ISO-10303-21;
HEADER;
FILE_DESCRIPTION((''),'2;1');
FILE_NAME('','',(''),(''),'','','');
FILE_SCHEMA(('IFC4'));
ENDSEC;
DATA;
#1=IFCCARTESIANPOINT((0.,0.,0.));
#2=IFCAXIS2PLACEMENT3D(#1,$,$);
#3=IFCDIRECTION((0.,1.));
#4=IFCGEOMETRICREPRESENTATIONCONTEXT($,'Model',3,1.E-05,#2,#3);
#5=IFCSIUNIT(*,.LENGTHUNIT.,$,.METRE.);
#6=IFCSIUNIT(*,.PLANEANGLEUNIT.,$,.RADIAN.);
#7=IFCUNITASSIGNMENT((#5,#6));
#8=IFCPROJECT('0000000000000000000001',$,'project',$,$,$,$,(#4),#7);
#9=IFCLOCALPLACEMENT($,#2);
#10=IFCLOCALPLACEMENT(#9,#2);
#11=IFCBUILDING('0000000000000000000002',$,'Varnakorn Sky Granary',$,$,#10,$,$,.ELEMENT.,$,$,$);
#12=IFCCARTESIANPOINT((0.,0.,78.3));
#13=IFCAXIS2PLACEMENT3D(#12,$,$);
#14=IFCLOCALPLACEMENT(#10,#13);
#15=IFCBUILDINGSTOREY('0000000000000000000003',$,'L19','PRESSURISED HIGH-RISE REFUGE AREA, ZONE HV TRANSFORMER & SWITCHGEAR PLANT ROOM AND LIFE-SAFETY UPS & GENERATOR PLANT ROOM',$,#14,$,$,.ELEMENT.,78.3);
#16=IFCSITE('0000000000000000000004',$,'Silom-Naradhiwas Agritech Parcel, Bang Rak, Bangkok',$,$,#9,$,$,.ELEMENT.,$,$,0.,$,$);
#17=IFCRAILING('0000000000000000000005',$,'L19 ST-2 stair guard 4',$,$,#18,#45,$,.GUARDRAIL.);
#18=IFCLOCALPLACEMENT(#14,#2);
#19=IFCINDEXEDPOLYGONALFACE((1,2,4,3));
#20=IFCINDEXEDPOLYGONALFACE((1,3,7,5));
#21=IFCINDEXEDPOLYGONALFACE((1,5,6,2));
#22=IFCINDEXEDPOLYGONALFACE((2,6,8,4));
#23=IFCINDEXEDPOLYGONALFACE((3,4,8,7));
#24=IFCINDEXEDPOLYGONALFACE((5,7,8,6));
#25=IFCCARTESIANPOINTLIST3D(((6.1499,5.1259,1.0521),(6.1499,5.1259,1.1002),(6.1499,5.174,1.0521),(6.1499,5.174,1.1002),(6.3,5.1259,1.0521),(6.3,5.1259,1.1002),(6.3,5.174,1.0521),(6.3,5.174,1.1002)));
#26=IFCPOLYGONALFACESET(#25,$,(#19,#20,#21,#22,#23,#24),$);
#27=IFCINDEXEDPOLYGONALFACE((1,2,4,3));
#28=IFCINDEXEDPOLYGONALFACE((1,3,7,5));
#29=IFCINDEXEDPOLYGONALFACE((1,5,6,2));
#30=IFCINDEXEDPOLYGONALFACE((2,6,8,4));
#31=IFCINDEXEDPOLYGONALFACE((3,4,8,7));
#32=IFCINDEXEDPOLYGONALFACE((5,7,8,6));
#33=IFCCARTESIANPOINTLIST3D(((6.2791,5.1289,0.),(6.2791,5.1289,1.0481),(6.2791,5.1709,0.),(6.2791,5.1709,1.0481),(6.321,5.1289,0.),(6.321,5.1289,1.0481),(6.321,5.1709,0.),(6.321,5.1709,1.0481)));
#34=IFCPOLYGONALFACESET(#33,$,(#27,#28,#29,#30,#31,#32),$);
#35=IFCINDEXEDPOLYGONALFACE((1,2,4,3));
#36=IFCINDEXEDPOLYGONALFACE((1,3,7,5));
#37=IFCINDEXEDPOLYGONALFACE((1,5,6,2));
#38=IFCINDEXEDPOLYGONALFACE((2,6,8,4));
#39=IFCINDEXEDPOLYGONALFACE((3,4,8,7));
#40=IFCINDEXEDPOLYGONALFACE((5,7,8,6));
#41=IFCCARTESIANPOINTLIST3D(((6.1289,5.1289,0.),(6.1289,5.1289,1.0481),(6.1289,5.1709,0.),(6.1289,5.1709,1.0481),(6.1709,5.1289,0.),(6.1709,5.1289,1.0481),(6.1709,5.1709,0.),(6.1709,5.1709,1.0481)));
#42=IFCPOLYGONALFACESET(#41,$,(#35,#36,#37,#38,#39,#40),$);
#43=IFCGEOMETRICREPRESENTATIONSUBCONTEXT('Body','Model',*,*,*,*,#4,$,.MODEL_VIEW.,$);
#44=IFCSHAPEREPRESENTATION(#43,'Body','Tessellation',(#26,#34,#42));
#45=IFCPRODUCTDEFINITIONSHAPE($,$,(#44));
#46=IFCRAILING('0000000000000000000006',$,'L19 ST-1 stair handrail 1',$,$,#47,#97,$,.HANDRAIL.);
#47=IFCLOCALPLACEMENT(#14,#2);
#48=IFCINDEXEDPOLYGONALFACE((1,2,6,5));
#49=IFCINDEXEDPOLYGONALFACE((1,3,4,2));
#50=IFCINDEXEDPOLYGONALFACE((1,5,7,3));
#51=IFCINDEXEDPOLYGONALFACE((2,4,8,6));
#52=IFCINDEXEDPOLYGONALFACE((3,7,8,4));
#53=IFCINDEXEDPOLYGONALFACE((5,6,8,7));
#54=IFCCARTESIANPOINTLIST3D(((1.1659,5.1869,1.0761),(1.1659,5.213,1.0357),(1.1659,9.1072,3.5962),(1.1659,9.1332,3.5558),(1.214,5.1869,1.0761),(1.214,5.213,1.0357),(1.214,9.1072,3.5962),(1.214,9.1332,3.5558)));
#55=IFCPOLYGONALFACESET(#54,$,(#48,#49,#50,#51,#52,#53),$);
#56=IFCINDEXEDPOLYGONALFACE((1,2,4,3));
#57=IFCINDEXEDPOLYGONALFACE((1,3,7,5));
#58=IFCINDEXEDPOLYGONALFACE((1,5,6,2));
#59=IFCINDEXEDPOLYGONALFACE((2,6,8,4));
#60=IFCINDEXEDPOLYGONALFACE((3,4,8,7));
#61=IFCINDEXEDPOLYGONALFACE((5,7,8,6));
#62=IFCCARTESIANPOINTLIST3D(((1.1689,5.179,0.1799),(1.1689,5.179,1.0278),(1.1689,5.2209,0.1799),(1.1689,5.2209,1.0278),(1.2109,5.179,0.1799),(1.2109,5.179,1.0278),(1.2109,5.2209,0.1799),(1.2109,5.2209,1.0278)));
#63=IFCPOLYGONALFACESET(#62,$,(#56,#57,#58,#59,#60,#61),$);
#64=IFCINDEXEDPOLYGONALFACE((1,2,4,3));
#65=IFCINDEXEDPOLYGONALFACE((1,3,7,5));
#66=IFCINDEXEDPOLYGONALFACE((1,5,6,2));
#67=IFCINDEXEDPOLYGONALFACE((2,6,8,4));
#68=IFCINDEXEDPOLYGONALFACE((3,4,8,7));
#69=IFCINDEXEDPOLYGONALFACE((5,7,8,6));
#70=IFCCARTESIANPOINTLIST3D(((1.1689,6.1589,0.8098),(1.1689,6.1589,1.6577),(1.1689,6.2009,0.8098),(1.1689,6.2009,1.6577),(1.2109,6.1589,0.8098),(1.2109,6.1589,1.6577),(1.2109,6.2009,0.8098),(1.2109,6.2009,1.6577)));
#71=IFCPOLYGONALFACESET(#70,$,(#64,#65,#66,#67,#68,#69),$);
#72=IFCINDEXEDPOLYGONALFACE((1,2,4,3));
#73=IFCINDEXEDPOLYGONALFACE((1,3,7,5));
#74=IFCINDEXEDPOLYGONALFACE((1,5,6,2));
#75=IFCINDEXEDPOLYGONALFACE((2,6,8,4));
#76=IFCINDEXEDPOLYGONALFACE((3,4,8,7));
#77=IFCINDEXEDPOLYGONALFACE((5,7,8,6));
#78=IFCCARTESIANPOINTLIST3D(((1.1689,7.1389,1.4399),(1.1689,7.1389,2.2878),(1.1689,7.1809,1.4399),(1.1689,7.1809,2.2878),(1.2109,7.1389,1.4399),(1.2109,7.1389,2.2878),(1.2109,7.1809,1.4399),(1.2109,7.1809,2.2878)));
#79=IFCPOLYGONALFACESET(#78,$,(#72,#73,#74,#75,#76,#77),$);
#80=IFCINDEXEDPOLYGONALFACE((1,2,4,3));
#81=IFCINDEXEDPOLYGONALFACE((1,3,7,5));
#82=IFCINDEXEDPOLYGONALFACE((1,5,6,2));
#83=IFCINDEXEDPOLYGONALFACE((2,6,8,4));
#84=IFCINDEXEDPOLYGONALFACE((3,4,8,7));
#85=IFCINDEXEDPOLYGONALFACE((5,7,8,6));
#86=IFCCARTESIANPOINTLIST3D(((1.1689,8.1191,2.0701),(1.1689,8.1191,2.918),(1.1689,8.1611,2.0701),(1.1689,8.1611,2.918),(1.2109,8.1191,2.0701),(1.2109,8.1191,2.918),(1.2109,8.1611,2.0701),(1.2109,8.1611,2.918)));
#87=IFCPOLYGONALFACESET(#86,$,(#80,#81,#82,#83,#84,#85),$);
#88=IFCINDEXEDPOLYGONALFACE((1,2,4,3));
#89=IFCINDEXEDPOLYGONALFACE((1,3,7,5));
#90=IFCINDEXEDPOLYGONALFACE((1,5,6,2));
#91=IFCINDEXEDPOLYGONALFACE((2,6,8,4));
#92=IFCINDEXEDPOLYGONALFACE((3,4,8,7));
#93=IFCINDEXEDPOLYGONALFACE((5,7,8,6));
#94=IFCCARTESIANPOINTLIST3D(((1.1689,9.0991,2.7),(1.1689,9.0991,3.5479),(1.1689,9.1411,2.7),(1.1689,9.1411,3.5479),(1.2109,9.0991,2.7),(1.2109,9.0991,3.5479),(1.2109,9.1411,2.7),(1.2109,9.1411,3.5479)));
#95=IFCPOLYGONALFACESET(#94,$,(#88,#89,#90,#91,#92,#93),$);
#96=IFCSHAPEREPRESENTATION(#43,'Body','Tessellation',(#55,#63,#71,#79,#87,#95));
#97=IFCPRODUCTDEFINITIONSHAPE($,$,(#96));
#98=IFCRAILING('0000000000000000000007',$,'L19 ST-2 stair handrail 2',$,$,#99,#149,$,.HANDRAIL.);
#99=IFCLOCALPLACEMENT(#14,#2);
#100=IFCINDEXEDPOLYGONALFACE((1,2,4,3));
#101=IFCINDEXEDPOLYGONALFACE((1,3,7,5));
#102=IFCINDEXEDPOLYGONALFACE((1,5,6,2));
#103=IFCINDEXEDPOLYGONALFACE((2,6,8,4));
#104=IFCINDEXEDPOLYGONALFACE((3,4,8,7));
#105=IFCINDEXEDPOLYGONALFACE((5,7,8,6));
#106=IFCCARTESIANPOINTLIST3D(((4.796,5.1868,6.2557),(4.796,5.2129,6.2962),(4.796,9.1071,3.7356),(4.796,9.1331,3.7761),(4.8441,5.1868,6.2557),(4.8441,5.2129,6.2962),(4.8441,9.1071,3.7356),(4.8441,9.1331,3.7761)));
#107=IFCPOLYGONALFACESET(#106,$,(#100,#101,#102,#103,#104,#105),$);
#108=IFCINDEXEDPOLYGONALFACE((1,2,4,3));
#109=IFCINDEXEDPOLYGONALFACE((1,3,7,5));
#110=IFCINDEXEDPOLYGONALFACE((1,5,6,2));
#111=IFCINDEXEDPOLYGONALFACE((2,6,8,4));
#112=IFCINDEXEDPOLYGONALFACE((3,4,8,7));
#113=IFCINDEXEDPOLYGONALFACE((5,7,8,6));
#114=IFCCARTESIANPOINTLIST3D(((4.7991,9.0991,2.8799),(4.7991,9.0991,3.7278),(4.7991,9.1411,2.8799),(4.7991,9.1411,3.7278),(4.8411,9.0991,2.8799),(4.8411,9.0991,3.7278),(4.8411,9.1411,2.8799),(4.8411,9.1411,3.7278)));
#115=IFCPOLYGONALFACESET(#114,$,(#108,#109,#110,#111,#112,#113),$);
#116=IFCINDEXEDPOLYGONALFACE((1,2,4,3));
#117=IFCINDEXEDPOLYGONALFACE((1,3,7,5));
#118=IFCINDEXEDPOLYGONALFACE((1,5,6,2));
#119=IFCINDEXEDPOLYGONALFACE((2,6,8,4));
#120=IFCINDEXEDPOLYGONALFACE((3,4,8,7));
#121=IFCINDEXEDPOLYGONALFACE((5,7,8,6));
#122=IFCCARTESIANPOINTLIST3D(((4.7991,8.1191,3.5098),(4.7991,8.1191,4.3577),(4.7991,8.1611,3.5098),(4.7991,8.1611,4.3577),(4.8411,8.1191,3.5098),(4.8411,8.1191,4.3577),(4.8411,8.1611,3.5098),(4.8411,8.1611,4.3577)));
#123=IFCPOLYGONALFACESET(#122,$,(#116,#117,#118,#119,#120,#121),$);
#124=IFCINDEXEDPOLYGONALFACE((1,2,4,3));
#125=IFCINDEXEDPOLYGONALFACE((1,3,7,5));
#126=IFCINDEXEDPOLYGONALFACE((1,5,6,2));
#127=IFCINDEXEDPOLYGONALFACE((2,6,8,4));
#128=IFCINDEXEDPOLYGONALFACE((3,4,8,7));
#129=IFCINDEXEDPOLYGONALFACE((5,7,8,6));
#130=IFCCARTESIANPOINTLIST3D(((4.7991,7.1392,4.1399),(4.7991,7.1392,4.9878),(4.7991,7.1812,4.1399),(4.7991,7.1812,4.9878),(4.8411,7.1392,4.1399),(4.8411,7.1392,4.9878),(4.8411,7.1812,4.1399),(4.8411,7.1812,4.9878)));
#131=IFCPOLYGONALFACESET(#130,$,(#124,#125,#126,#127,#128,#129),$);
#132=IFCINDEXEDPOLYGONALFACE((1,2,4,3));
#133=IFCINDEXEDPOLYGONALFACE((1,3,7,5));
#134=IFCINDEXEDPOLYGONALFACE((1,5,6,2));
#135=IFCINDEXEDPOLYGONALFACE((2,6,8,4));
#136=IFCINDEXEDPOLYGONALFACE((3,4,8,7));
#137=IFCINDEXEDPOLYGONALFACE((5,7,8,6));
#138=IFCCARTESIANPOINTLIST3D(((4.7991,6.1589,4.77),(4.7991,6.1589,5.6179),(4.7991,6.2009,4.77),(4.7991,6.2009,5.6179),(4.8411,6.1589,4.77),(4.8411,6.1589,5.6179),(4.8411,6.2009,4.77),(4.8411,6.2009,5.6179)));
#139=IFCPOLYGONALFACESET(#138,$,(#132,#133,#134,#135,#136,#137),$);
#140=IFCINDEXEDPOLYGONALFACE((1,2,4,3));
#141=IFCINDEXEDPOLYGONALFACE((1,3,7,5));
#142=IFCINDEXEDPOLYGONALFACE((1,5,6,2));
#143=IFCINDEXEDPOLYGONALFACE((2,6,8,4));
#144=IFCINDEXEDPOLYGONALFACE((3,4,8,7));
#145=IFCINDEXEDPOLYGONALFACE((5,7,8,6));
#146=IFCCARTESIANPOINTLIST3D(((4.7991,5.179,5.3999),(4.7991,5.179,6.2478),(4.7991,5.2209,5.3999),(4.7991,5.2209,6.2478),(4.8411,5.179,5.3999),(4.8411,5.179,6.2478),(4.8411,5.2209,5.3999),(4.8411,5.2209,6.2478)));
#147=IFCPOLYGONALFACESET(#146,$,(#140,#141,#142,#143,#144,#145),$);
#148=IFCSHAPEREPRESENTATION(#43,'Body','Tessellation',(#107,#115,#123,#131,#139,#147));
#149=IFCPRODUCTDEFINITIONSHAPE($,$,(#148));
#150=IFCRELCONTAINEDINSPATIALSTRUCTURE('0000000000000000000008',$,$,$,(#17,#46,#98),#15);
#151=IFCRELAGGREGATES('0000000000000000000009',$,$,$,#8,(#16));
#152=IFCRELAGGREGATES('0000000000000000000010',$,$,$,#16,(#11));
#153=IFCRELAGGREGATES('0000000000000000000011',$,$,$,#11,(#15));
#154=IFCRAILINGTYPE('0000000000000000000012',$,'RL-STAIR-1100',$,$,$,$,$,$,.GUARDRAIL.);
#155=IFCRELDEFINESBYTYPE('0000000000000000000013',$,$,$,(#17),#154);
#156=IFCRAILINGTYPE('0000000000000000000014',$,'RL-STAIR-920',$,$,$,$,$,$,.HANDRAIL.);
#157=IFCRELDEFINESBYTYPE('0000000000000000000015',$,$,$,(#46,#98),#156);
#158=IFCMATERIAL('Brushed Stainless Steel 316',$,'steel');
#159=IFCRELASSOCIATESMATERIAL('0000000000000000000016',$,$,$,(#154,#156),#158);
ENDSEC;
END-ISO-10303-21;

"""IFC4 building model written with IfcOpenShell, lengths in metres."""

from ifc_helpers import new_model, si_unit, direction, frame, origin, origin_2d, place, context, subcontext, project, spatial, rectangle, extrude, material, type_object, element, save


model = new_model("IFC4")

# Units and contexts
model_context = context("Model", 3, precision=1e-05, world=origin(), true_north=direction((0.0, 1.0)))
body_context = subcontext(model_context, "Body", "Model", "MODEL_VIEW")
ifc_project = project(units=[si_unit("LENGTHUNIT", "METRE"), si_unit("PLANEANGLEUNIT", "RADIAN")], contexts=[model_context])

# Site, building, storey
site_placement = place(None, origin())
site = spatial("IfcSite", under=ifc_project, at=site_placement, Name="Silom-Naradhiwas Agritech Parcel, Bang Rak, Bangkok", CompositionType="ELEMENT", RefElevation=0.0)
building_placement = place(site_placement, origin())
building = spatial("IfcBuilding", under=site, at=building_placement, Name="Varnakorn Sky Granary", CompositionType="ELEMENT")
storey_placement = place(building_placement, frame((0.0, 0.0, 78.3)))
storey = spatial("IfcBuildingStorey", under=building, at=storey_placement, Name="L19", Description="PRESSURISED HIGH-RISE REFUGE AREA, ZONE HV TRANSFORMER & SWITCHGEAR PLANT ROOM AND LIFE-SAFETY UPS & GENERATOR PLANT ROOM", CompositionType="ELEMENT", Elevation=78.3)

# Railings
ifc_material_1 = material(Name="Brushed Stainless Steel 316", Category="steel")
railing_type_1 = type_object("IfcRailingType", Name="RL-STAIR-1100", PredefinedType="GUARDRAIL", material=ifc_material_1)
railing_1_placement = place(storey_placement, frame((6.3, 5.1499, 0.0)))
element("IfcRailing", 1, at=railing_1_placement, inside=storey, type_object=railing_type_1, Name="L19 ST-2 stair guard 4", PredefinedType="GUARDRAIL", context=body_context, shape_type="SweptSolid", body=[
    extrude(rectangle(XDim=0.0481, YDim=0.0481, at=origin_2d()), frame((0.0, 0.0, 1.0762), z_axis=(-1.0, 0.0, 0.0), x_axis=(0.0, -1.0, 0.0)), (0.0, 0.0, 1.0), 0.1501),
    extrude(rectangle(XDim=0.042, YDim=0.042, at=origin_2d()), origin(), (0.0, 0.0, 1.0), 1.0481),
    extrude(rectangle(XDim=0.042, YDim=0.042, at=origin_2d()), frame((-0.1501, 0.0, 0.0)), (0.0, 0.0, 1.0), 1.0481),
])
railing_type_2 = type_object("IfcRailingType", Name="RL-STAIR-920", PredefinedType="HANDRAIL", material=ifc_material_1)
railing_2_placement = place(storey_placement, frame((1.1899, 5.2, 0.1799)))
element("IfcRailing", 2, at=railing_2_placement, inside=storey, type_object=railing_type_2, Name="L19 ST-1 stair handrail 1", PredefinedType="HANDRAIL", context=body_context, shape_type="SweptSolid", body=[
    extrude(rectangle(XDim=0.0481, YDim=0.0481, at=origin_2d()), frame((0.0, 0.0, 0.876), z_axis=(0.0, 0.841187, 0.540744), x_axis=(-1.0, 0.0, 0.0)), (0.0, 0.0, 1.0), 4.6604),
    extrude(rectangle(XDim=0.042, YDim=0.042, at=origin_2d()), origin(), (0.0, 0.0, 1.0), 0.8479),
    extrude(rectangle(XDim=0.042, YDim=0.042, at=origin_2d()), frame((0.0, 0.98, 0.6299)), (0.0, 0.0, 1.0), 0.8479),
    extrude(rectangle(XDim=0.042, YDim=0.042, at=origin_2d()), frame((0.0, 1.96, 1.26)), (0.0, 0.0, 1.0), 0.8479),
    extrude(rectangle(XDim=0.042, YDim=0.042, at=origin_2d()), frame((0.0, 2.9402, 1.8901)), (0.0, 0.0, 1.0), 0.8479),
    extrude(rectangle(XDim=0.042, YDim=0.042, at=origin_2d()), frame((0.0, 3.9202, 2.52)), (0.0, 0.0, 1.0), 0.8479),
])
railing_3_placement = place(storey_placement, frame((4.8201, 9.1201, 2.8799)))
element("IfcRailing", 3, at=railing_3_placement, inside=storey, type_object=railing_type_2, Name="L19 ST-2 stair handrail 2", PredefinedType="HANDRAIL", context=body_context, shape_type="SweptSolid", body=[
    extrude(rectangle(XDim=0.0481, YDim=0.0481, at=origin_2d()), frame((0.0, 0.0, 0.876), z_axis=(0.0, -0.841187, 0.540744), x_axis=(1.0, 0.0, 0.0)), (0.0, 0.0, 1.0), 4.6604),
    extrude(rectangle(XDim=0.042, YDim=0.042, at=origin_2d()), origin(), (0.0, 0.0, 1.0), 0.8479),
    extrude(rectangle(XDim=0.042, YDim=0.042, at=origin_2d()), frame((0.0, -0.98, 0.6299)), (0.0, 0.0, 1.0), 0.8479),
    extrude(rectangle(XDim=0.042, YDim=0.042, at=origin_2d()), frame((0.0, -1.96, 1.26)), (0.0, 0.0, 1.0), 0.8479),
    extrude(rectangle(XDim=0.042, YDim=0.042, at=origin_2d()), frame((0.0, -2.9402, 1.8901)), (0.0, 0.0, 1.0), 0.8479),
    extrude(rectangle(XDim=0.042, YDim=0.042, at=origin_2d()), frame((0.0, -3.9202, 2.52)), (0.0, 0.0, 1.0), 0.8479),
])

save(model, "model.ifc")
